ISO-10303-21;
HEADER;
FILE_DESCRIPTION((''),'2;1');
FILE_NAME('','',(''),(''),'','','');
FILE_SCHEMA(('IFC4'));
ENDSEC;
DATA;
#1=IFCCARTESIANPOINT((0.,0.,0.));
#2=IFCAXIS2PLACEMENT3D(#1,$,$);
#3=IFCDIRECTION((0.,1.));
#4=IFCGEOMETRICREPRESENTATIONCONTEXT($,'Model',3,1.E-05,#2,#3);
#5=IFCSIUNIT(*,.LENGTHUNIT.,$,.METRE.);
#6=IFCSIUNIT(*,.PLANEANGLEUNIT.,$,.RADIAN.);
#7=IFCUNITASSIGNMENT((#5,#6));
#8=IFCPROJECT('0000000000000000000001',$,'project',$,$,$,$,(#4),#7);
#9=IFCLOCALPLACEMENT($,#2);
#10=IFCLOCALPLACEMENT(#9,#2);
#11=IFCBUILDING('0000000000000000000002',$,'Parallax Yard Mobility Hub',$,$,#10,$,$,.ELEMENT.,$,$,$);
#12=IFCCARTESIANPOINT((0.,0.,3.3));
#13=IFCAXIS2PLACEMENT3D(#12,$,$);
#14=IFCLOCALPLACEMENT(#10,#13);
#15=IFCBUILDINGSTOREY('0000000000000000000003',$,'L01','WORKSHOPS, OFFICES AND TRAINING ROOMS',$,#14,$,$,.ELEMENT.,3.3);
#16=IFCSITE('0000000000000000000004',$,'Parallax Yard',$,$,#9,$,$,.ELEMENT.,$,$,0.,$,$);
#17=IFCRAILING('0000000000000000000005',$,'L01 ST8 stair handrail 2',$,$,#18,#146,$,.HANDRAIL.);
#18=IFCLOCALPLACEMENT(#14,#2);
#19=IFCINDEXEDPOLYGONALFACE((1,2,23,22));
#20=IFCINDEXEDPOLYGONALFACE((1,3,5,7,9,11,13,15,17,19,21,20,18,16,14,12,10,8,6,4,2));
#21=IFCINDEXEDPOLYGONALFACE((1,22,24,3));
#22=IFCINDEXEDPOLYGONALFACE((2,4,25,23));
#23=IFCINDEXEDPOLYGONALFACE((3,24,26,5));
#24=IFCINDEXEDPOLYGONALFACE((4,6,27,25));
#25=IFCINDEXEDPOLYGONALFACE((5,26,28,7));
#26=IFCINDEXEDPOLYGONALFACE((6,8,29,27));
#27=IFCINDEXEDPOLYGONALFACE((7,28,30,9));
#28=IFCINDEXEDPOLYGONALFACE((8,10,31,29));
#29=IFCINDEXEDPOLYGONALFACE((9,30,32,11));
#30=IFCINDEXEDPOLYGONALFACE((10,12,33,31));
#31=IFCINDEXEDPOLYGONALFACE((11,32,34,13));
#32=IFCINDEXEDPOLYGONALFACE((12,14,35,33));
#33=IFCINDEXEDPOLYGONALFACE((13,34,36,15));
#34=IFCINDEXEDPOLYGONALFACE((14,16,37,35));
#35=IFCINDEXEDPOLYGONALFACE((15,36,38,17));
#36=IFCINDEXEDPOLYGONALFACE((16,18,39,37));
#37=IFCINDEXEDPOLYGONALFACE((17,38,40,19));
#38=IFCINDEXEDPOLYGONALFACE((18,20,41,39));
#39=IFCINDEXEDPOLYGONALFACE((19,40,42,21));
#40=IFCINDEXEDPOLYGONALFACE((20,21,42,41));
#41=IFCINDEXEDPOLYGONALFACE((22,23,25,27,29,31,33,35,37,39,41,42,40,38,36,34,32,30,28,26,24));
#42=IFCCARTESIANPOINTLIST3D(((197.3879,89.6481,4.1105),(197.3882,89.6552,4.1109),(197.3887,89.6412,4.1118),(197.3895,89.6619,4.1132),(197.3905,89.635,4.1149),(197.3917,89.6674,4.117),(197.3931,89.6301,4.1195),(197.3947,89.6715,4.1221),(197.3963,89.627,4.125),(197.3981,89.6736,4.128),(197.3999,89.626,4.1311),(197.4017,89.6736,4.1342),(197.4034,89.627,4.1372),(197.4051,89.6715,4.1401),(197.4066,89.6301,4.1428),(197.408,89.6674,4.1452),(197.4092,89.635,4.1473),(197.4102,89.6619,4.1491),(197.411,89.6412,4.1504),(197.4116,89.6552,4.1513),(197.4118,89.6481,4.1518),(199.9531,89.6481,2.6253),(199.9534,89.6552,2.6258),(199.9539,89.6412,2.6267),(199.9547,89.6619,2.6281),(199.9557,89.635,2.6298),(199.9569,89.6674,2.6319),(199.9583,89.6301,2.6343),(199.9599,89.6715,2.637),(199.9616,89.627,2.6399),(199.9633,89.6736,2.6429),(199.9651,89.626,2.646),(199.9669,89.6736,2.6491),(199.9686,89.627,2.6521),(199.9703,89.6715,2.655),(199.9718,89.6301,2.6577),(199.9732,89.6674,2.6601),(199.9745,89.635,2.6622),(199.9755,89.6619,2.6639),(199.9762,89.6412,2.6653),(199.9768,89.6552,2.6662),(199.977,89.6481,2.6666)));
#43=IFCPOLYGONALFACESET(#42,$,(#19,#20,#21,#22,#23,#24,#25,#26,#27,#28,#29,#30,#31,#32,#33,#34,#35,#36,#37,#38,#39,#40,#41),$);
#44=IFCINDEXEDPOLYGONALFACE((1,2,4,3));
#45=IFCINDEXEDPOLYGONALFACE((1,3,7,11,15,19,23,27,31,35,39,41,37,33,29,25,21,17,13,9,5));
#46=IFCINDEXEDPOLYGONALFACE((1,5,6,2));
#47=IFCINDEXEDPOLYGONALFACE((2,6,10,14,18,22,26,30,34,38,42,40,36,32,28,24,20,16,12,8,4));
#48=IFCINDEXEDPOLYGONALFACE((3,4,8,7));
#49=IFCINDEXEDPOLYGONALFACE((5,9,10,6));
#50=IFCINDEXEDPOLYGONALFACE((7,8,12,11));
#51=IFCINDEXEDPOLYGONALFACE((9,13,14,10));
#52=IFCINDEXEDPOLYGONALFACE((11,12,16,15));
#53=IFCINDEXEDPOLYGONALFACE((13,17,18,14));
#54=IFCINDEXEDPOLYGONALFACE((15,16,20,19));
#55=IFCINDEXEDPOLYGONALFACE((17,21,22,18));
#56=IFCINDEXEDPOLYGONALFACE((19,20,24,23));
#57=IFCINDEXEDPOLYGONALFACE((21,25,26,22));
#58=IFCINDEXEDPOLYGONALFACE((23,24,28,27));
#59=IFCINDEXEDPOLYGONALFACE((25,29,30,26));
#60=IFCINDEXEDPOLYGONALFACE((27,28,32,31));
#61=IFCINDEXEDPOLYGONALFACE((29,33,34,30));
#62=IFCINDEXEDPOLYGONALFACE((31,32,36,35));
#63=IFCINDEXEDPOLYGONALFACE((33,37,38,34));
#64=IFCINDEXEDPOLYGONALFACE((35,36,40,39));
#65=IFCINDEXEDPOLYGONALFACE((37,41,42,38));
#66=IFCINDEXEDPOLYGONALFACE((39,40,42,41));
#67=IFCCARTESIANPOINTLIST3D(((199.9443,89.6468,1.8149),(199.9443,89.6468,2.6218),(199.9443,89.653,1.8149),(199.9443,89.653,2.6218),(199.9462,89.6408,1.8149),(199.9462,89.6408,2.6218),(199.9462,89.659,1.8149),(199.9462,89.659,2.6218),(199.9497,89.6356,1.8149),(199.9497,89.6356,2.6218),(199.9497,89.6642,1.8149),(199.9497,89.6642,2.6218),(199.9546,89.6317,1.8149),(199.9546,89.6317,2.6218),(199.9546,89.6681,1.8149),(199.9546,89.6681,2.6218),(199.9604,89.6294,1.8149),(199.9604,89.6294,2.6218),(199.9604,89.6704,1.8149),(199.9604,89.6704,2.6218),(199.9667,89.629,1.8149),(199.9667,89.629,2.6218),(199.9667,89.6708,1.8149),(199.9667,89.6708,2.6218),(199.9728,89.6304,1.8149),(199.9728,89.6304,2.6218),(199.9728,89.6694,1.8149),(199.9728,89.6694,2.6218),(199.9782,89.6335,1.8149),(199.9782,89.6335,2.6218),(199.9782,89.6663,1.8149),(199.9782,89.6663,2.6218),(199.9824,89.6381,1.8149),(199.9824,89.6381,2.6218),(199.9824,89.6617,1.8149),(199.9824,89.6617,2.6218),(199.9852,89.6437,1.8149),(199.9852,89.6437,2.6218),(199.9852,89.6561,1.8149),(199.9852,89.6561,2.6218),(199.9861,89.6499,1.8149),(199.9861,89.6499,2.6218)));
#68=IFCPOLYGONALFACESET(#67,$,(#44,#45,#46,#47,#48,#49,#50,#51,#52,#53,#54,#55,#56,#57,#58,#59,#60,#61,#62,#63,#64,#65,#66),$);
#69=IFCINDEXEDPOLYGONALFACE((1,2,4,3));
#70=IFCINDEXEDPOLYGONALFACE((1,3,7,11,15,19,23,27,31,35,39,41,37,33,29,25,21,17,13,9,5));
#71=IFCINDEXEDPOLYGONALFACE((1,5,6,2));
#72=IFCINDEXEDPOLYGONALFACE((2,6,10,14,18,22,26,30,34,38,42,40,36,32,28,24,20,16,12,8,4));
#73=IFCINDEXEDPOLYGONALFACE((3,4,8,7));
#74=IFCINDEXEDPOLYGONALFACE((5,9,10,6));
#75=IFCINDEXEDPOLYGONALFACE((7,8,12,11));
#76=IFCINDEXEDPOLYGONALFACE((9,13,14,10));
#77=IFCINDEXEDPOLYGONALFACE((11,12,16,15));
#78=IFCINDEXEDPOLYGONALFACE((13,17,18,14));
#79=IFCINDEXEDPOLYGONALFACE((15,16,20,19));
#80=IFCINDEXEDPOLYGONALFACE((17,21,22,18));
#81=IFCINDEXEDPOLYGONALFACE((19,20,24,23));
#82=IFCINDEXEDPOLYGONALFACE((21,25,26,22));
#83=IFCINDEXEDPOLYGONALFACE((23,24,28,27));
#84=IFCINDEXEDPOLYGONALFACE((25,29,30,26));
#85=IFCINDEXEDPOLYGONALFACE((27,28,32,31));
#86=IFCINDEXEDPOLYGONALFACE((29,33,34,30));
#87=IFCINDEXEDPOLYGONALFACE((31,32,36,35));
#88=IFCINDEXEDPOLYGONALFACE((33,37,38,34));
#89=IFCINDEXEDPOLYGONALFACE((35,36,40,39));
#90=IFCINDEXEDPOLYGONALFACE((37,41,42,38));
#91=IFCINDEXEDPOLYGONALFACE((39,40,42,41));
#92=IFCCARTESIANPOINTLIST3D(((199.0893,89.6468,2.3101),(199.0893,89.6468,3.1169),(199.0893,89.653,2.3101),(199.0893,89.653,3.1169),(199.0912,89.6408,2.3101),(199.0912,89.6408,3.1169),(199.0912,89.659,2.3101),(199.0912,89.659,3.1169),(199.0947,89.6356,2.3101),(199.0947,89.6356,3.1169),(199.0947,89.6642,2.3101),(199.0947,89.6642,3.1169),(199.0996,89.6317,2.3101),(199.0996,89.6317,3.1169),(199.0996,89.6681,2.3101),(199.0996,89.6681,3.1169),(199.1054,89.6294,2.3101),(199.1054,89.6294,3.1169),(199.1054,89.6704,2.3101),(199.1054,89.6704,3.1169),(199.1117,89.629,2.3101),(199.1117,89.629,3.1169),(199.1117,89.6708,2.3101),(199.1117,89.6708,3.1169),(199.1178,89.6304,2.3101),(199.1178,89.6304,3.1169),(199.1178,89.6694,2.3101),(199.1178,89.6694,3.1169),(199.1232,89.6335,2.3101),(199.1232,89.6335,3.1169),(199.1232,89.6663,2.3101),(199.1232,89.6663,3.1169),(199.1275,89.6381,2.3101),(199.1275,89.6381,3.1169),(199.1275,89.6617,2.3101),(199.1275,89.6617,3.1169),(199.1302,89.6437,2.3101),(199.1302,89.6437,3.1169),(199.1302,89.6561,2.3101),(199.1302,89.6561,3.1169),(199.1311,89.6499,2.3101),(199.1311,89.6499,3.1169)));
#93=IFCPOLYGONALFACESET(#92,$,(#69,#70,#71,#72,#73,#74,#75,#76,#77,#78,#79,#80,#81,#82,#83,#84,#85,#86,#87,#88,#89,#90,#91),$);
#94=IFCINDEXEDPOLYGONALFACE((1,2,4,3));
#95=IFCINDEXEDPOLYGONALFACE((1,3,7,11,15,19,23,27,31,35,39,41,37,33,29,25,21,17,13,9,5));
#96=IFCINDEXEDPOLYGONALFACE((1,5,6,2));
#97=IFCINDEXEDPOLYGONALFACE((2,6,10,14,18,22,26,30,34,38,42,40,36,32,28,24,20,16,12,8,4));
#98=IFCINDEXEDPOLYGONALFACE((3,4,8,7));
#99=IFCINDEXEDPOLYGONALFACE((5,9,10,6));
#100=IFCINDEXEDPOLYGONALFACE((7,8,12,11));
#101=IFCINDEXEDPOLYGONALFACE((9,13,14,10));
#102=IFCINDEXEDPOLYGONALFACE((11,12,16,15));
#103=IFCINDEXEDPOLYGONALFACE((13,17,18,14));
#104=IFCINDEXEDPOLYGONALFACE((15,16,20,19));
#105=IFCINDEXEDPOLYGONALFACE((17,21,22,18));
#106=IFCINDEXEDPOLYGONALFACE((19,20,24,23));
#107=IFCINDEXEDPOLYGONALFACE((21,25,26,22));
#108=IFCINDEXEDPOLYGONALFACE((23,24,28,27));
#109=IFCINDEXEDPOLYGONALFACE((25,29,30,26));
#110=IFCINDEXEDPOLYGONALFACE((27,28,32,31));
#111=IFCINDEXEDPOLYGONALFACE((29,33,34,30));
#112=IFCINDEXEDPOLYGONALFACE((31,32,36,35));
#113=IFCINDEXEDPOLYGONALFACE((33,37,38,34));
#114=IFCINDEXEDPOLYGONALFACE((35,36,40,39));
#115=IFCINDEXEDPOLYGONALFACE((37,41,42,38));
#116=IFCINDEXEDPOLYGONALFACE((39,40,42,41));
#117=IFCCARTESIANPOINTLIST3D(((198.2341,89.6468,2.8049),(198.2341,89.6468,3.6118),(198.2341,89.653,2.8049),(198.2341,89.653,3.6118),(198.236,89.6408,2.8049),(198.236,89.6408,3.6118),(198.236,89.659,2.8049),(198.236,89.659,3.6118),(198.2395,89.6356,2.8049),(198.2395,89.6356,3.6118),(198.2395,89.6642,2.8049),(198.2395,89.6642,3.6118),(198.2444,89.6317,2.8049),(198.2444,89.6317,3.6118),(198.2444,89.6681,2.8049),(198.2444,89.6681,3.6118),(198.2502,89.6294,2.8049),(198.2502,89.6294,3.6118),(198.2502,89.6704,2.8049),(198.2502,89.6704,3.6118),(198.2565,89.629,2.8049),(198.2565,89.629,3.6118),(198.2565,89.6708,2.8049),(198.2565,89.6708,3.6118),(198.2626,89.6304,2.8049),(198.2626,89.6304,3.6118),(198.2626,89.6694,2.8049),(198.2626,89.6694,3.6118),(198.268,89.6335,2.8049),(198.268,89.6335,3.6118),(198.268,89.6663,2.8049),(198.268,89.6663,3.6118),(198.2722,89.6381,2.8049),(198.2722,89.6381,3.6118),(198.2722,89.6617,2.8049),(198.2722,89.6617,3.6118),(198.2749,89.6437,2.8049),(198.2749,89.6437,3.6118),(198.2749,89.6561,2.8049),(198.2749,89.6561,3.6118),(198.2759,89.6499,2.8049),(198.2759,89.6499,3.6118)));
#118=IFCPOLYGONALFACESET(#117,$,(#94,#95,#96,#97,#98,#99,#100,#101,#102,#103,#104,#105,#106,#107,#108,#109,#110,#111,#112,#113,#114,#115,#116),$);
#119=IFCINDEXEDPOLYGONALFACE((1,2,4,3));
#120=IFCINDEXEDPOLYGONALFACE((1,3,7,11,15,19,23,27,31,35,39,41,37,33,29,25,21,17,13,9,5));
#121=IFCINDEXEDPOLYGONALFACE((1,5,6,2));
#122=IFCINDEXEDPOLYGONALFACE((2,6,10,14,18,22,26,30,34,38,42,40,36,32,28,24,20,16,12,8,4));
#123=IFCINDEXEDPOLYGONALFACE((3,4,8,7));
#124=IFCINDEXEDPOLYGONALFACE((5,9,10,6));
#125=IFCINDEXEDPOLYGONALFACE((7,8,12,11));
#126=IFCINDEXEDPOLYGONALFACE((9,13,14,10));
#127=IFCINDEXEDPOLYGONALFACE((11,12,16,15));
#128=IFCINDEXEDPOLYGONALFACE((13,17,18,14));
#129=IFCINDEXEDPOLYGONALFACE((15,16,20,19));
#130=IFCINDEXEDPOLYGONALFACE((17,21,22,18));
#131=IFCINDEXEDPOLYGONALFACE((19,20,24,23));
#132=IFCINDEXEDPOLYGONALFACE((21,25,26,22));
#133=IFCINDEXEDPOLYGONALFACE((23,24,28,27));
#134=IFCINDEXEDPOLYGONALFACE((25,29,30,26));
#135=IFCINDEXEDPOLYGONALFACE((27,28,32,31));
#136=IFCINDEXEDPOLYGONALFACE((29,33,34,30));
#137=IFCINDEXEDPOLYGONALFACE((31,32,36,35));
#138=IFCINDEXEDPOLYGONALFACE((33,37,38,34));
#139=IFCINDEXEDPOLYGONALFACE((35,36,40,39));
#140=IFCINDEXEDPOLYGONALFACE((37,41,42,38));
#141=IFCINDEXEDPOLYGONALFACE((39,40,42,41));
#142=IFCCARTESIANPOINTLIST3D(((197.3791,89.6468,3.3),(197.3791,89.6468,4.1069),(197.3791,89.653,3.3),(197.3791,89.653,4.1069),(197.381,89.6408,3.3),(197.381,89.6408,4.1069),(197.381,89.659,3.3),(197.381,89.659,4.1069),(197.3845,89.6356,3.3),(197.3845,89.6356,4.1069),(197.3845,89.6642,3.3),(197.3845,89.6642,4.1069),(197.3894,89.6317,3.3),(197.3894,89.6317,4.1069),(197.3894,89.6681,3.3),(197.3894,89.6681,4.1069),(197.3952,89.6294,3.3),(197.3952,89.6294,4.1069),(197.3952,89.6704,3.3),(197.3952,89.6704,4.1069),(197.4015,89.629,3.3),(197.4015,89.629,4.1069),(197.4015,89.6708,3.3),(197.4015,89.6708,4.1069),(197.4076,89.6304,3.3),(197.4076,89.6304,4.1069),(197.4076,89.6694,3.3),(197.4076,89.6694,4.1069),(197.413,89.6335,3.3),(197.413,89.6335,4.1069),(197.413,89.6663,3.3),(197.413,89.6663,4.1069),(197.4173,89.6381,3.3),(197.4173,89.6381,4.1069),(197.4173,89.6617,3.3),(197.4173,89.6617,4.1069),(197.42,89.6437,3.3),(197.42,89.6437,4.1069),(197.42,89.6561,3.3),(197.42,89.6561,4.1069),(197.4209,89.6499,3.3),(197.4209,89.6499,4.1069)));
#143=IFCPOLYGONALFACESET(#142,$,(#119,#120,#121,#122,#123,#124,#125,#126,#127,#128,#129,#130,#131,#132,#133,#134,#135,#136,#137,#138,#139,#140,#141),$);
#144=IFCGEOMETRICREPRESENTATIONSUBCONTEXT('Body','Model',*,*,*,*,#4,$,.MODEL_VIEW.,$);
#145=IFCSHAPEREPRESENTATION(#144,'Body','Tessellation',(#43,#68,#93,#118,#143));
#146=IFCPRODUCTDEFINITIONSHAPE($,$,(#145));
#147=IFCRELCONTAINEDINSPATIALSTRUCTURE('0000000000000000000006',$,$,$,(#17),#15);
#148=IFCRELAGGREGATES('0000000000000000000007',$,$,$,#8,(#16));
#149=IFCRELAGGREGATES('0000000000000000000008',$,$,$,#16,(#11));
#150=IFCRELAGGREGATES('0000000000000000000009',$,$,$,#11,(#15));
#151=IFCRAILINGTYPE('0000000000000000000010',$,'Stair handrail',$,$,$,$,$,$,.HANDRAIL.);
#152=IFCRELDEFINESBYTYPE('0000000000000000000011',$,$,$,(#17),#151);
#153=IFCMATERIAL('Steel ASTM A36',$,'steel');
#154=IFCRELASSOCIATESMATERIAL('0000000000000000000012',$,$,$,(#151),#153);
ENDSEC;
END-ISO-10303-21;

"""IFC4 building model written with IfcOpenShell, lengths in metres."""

from ifc_helpers import new_model, si_unit, direction, frame, origin, origin_2d, place, context, subcontext, project, spatial, circle, extrude, material, type_object, element, save


model = new_model("IFC4")

# Units and contexts
model_context = context("Model", 3, precision=1e-05, world=origin(), true_north=direction((0.0, 1.0)))
body_context = subcontext(model_context, "Body", "Model", "MODEL_VIEW")
ifc_project = project(units=[si_unit("LENGTHUNIT", "METRE"), si_unit("PLANEANGLEUNIT", "RADIAN")], contexts=[model_context])

# Site, building, storey
site_placement = place(None, origin())
site = spatial("IfcSite", under=ifc_project, at=site_placement, Name="Parallax Yard", CompositionType="ELEMENT", RefElevation=0.0)
building_placement = place(site_placement, origin())
building = spatial("IfcBuilding", under=site, at=building_placement, Name="Parallax Yard Mobility Hub", CompositionType="ELEMENT")
storey_placement = place(building_placement, frame((0.0, 0.0, 3.3)))
storey = spatial("IfcBuildingStorey", under=building, at=storey_placement, Name="L01", Description="WORKSHOPS, OFFICES AND TRAINING ROOMS", CompositionType="ELEMENT", Elevation=3.3)

# Railing
ifc_material_1 = material(Name="Steel ASTM A36", Category="steel")
railing_type_1 = type_object("IfcRailingType", Name="Stair handrail", PredefinedType="HANDRAIL", material=ifc_material_1)
railing_1_placement = place(storey_placement, frame((199.9651, 89.6499, 1.8149)))
element("IfcRailing", 1, at=railing_1_placement, inside=storey, type_object=railing_type_1, Name="L01 ST8 stair handrail 2", PredefinedType="HANDRAIL", context=body_context, shape_type="SweptSolid", body=[
    extrude(circle(Radius=0.0239, at=origin_2d()), frame((0.0, 0.0, 0.8311), z_axis=(-0.865426, 0.0, 0.501036), x_axis=(0.0, -1.0, 0.0)), (0.0, 0.0, 1.0), 2.9641),
    extrude(circle(Radius=0.021, at=origin_2d()), origin(), (0.0, 0.0, 1.0), 0.8069),
    extrude(circle(Radius=0.021, at=origin_2d()), frame((-0.855, 0.0, 0.4951)), (0.0, 0.0, 1.0), 0.8069),
    extrude(circle(Radius=0.021, at=origin_2d()), frame((-1.7102, 0.0, 0.99)), (0.0, 0.0, 1.0), 0.8069),
    extrude(circle(Radius=0.021, at=origin_2d()), frame((-2.5652, 0.0, 1.4851)), (0.0, 0.0, 1.0), 0.8069),
])

save(model, "model.ifc")
